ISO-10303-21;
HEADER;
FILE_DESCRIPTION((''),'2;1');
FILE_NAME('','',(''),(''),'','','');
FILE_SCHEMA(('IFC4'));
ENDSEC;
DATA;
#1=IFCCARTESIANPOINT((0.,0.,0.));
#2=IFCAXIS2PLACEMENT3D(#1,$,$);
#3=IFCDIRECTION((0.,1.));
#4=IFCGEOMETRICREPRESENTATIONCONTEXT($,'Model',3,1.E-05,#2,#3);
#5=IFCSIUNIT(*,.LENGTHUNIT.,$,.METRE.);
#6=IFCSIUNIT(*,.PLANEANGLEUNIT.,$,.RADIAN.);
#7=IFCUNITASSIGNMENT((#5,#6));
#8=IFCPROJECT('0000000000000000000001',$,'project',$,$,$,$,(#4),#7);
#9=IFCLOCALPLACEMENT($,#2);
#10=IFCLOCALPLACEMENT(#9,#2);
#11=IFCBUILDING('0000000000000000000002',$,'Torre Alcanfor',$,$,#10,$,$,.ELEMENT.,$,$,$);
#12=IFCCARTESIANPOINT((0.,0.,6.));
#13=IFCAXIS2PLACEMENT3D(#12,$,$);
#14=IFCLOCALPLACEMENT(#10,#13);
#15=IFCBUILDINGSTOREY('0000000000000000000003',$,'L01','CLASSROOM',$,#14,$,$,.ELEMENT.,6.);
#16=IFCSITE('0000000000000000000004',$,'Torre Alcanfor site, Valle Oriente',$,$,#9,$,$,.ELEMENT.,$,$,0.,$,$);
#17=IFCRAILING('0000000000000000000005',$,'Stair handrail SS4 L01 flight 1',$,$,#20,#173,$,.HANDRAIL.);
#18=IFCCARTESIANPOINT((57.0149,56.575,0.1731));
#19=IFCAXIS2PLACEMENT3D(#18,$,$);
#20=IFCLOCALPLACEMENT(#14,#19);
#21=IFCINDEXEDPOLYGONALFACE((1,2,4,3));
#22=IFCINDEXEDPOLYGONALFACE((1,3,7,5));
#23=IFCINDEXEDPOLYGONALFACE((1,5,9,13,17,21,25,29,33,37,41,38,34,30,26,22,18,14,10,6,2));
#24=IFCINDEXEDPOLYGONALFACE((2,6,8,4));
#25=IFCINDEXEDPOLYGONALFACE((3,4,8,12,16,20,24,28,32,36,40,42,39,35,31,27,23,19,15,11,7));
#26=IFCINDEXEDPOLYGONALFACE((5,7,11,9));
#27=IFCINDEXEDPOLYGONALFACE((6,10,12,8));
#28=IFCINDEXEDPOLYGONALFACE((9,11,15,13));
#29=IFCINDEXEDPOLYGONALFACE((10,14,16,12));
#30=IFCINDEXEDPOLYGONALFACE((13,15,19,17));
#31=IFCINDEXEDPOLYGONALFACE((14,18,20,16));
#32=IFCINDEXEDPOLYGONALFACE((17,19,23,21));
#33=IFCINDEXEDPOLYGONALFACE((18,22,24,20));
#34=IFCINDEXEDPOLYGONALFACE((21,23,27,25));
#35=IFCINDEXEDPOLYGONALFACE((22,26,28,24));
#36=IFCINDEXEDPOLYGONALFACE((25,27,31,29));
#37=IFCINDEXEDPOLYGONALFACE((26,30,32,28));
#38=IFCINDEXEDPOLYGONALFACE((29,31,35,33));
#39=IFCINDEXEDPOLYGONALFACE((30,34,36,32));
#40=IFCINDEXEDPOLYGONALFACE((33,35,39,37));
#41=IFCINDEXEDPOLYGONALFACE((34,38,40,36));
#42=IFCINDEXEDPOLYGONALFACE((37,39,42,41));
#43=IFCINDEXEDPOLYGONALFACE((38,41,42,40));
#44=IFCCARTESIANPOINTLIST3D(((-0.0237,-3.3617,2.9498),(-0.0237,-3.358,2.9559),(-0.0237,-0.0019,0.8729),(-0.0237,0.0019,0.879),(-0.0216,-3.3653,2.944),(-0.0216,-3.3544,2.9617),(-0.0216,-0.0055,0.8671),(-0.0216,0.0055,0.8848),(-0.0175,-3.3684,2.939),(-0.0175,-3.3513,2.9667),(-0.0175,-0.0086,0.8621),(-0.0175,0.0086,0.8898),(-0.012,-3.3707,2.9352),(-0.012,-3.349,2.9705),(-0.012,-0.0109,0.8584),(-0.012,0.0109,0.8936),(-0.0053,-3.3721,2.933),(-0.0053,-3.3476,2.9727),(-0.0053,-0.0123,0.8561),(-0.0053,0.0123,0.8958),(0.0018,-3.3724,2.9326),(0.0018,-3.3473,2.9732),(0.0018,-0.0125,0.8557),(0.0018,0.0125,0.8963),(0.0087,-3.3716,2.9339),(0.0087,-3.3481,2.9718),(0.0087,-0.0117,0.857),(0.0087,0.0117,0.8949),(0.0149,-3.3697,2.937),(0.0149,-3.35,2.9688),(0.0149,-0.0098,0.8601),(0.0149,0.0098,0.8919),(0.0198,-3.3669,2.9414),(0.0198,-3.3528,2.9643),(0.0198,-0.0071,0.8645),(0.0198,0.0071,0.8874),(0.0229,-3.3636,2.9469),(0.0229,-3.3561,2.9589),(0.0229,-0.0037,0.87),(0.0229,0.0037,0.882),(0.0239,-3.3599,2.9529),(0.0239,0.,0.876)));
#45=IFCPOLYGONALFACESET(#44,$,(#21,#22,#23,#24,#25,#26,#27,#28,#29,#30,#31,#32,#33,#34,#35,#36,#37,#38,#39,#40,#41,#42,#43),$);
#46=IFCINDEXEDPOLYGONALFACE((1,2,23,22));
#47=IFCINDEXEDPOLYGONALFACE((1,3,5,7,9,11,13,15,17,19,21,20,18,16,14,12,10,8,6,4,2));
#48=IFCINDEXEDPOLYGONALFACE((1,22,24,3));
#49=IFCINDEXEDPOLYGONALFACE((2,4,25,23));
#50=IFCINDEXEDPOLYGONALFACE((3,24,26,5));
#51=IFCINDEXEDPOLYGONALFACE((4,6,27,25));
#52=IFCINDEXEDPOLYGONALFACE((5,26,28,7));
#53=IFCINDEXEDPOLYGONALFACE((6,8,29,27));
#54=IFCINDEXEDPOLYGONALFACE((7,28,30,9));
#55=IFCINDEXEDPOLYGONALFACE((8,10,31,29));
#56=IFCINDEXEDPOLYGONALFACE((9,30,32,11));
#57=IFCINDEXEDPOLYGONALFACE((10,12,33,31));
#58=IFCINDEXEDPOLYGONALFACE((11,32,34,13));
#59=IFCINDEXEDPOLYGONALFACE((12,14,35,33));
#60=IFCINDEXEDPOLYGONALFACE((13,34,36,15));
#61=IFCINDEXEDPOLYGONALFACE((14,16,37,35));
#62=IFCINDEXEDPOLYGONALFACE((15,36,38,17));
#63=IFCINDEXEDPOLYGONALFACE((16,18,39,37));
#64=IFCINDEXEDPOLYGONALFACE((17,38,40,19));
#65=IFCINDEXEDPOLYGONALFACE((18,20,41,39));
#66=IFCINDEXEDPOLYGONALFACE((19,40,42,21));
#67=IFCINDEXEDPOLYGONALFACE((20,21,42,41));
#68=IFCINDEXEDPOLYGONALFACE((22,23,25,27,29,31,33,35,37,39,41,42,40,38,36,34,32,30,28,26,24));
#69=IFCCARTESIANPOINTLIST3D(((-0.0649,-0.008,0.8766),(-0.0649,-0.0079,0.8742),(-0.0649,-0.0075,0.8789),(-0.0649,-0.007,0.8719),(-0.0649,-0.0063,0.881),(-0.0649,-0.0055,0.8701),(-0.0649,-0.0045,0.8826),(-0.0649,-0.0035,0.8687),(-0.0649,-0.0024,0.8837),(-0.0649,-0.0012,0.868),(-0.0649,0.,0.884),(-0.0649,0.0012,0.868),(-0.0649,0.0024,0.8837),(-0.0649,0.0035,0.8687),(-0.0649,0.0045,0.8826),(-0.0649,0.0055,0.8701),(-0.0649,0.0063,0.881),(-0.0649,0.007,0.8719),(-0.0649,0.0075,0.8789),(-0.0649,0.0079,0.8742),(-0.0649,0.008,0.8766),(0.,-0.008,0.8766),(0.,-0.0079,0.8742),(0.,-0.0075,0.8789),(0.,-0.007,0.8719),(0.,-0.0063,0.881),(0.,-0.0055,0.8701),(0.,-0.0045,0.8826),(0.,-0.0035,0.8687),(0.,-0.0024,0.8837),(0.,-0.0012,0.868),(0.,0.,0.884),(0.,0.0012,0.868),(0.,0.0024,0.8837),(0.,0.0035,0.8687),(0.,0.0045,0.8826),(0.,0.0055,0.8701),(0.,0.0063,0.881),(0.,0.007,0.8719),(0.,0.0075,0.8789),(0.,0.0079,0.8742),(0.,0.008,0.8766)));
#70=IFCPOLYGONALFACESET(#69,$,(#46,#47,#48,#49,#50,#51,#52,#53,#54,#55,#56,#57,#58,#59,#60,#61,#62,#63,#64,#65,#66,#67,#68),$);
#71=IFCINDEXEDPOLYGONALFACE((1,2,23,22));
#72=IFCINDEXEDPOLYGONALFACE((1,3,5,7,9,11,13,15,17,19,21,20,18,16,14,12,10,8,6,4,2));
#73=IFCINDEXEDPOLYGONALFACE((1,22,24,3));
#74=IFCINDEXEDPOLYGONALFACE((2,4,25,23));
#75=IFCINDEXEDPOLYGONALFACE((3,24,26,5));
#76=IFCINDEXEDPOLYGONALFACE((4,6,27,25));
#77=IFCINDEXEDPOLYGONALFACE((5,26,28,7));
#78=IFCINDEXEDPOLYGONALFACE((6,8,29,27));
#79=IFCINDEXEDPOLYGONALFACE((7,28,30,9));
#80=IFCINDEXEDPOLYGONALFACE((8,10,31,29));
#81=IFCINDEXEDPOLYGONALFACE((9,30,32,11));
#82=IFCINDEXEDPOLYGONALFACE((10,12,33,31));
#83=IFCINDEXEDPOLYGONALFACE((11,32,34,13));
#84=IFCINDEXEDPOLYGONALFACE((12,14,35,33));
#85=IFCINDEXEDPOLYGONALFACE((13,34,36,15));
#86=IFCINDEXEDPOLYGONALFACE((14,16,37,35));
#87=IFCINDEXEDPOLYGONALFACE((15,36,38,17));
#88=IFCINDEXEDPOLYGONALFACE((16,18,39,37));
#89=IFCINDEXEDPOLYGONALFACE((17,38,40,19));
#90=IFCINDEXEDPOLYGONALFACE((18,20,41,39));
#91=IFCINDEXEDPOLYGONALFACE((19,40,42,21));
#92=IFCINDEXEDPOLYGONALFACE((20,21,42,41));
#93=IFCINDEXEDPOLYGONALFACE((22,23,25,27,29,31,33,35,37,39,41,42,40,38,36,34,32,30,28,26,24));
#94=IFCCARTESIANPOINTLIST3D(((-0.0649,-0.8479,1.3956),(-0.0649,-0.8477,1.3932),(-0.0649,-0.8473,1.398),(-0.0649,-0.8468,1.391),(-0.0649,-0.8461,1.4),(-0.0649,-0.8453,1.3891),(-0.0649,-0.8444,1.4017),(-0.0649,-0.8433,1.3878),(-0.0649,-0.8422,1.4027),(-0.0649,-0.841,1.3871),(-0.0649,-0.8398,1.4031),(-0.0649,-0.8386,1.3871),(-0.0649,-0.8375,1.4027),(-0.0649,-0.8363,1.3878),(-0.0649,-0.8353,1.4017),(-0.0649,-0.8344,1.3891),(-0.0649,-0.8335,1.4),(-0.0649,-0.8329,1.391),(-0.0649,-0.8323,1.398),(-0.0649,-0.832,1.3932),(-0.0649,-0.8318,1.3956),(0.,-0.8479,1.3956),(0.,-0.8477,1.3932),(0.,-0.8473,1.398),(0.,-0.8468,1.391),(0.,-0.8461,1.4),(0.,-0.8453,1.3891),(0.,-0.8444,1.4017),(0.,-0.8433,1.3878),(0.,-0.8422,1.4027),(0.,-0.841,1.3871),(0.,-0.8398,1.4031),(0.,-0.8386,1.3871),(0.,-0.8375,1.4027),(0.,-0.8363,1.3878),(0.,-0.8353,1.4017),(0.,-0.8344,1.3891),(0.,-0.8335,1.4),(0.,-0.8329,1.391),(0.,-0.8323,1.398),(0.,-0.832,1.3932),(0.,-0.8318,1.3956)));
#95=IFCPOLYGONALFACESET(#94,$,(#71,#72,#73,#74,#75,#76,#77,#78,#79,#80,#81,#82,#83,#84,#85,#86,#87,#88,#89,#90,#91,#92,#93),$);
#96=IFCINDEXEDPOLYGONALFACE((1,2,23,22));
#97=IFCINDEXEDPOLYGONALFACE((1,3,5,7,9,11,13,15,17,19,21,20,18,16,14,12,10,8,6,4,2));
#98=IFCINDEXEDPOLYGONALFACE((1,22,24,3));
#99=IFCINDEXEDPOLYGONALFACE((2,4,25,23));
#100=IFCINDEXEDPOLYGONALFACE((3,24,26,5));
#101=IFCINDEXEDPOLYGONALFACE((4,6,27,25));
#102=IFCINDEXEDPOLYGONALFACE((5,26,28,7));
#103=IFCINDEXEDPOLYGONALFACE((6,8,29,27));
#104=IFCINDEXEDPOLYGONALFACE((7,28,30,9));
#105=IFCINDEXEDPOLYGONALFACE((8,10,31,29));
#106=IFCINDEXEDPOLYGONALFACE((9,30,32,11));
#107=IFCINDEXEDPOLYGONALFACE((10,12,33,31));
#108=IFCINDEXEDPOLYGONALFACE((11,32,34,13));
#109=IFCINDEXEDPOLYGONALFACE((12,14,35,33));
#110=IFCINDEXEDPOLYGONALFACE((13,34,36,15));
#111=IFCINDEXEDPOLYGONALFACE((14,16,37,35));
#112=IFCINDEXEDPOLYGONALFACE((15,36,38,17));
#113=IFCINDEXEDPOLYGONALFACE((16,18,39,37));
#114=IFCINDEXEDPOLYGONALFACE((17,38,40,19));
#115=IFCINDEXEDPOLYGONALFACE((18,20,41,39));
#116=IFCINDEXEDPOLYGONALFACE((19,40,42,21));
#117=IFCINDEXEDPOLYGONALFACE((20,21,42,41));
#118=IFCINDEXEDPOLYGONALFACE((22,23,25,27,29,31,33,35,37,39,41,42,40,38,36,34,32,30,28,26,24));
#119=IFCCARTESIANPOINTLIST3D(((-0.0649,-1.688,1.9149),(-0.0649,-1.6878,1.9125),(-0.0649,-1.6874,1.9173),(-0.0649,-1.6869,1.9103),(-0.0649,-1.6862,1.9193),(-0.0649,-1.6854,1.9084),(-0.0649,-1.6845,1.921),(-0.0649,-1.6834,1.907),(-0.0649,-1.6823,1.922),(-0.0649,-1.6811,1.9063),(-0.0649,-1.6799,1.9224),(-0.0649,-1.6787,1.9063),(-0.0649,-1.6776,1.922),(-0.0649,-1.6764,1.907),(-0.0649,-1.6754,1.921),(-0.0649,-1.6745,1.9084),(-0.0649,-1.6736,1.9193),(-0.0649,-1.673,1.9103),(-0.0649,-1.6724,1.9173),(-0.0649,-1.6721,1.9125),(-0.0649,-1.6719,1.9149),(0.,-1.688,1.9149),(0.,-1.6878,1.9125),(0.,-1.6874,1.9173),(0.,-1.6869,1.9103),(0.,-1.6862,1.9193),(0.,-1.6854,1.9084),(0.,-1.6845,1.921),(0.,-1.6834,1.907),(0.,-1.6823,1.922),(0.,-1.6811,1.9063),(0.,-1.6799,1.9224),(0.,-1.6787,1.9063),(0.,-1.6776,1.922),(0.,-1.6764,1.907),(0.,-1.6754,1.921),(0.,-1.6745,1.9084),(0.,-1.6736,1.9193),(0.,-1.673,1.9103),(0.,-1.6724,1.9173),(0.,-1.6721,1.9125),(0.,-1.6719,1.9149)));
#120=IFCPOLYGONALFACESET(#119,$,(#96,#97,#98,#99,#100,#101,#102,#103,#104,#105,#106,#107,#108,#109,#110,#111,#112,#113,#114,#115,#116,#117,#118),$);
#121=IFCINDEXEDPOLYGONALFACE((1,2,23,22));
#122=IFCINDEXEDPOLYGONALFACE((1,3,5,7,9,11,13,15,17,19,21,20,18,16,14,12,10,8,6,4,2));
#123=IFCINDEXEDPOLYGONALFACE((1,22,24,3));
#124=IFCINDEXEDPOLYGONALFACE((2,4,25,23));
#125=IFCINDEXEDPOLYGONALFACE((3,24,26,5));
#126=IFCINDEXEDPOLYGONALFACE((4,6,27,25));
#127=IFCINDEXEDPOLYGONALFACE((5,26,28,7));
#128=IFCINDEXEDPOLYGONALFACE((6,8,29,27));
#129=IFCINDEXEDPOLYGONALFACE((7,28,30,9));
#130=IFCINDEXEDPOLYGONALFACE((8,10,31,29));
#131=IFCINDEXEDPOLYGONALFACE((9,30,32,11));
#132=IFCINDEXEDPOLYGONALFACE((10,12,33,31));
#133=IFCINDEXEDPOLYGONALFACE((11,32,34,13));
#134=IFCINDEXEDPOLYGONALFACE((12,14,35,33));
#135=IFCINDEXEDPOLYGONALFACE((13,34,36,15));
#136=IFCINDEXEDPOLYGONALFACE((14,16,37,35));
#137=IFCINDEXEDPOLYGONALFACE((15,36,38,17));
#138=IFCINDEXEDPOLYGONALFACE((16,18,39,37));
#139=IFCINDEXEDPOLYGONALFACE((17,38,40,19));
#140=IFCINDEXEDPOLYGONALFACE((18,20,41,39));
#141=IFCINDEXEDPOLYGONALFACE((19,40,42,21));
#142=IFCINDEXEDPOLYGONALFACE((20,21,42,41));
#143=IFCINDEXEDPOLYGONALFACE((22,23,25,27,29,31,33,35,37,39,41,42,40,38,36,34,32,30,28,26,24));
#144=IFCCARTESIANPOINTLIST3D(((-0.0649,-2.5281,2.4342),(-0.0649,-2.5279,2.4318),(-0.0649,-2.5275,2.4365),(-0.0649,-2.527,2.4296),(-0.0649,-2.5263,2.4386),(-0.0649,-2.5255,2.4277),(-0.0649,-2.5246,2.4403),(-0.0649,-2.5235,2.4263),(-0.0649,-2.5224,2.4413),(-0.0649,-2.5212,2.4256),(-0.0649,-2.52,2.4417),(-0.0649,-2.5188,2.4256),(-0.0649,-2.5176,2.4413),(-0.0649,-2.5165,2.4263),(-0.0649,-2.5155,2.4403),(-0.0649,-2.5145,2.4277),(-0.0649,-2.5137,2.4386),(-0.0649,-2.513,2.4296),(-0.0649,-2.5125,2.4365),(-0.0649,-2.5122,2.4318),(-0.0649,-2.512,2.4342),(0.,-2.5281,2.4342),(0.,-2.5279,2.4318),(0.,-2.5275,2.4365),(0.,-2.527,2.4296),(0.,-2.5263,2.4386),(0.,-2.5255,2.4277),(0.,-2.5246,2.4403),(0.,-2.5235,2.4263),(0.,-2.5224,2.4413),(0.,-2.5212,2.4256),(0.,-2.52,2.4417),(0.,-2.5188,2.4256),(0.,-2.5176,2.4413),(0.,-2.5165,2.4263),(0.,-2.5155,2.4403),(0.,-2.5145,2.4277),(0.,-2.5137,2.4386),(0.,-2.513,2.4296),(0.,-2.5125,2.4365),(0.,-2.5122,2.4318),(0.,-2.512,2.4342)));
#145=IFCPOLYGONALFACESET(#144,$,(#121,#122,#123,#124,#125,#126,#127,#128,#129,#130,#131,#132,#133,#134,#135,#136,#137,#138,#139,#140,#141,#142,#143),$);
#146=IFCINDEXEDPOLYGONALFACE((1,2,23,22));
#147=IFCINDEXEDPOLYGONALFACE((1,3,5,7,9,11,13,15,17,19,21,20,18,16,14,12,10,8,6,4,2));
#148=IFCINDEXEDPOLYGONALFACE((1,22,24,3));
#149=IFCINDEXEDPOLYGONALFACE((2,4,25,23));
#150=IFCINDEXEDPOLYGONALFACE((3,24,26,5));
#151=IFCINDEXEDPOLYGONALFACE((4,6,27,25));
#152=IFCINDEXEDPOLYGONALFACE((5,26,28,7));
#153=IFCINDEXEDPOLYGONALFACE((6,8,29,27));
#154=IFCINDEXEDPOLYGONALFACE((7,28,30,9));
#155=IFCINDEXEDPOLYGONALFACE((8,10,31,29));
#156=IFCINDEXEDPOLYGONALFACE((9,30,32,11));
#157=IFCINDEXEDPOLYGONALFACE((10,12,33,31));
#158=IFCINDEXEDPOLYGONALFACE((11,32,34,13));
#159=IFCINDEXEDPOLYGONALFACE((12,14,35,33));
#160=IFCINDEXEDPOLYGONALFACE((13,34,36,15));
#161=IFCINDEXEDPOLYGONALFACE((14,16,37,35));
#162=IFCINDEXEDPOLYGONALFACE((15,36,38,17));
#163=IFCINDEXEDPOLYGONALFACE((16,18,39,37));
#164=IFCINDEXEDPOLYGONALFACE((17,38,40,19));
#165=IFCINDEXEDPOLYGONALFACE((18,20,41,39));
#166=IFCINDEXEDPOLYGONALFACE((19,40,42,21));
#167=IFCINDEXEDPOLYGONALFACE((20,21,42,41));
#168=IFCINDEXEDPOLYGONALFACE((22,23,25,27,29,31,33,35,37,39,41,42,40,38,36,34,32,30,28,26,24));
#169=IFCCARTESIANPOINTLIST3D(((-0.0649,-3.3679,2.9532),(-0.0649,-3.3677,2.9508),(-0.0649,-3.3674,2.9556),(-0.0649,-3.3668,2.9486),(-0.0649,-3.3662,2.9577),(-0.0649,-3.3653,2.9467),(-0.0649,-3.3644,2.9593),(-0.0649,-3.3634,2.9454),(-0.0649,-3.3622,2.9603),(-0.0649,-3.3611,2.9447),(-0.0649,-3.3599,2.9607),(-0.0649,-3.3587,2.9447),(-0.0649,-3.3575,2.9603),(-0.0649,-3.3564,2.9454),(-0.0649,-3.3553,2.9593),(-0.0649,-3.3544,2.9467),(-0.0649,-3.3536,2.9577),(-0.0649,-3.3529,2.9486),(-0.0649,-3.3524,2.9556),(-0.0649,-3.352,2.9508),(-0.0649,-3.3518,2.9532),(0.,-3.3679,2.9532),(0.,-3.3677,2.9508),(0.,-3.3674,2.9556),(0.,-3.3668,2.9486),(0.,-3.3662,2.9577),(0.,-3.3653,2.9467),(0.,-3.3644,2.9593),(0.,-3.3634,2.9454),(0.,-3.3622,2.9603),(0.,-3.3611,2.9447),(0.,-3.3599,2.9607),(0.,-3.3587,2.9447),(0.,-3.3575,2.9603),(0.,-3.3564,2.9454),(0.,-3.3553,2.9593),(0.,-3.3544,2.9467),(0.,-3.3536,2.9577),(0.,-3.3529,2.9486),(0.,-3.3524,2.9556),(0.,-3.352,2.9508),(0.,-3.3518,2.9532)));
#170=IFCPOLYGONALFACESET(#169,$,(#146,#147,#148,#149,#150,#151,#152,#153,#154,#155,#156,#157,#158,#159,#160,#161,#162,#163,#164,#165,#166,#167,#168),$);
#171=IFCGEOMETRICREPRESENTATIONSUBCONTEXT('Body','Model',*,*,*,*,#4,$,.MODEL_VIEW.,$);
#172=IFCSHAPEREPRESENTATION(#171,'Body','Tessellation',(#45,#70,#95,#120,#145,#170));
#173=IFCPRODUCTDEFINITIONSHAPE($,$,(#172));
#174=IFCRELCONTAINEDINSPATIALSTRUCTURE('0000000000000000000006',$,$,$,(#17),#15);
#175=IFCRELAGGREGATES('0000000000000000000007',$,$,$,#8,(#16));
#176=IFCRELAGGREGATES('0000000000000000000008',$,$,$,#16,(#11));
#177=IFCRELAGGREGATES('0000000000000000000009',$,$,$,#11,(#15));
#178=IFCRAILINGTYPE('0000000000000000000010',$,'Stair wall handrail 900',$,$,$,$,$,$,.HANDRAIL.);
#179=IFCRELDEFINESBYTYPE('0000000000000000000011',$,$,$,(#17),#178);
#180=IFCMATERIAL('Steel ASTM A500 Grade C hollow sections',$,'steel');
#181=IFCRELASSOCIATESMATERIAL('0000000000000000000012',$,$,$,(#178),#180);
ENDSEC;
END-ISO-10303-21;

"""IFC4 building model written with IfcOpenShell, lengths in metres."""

from ifc_helpers import new_model, si_unit, direction, frame, origin, origin_2d, place, context, subcontext, project, spatial, circle, extrude, material, type_object, element, save


model = new_model("IFC4")

# Units and contexts
model_context = context("Model", 3, precision=1e-05, world=origin(), true_north=direction((0.0, 1.0)))
body_context = subcontext(model_context, "Body", "Model", "MODEL_VIEW")
ifc_project = project(units=[si_unit("LENGTHUNIT", "METRE"), si_unit("PLANEANGLEUNIT", "RADIAN")], contexts=[model_context])

# Site, building, storey
site_placement = place(None, origin())
site = spatial("IfcSite", under=ifc_project, at=site_placement, Name="Torre Alcanfor site, Valle Oriente", CompositionType="ELEMENT", RefElevation=0.0)
building_placement = place(site_placement, origin())
building = spatial("IfcBuilding", under=site, at=building_placement, Name="Torre Alcanfor", CompositionType="ELEMENT")
storey_placement = place(building_placement, frame((0.0, 0.0, 6.0)))
storey = spatial("IfcBuildingStorey", under=building, at=storey_placement, Name="L01", Description="CLASSROOM", CompositionType="ELEMENT", Elevation=6.0)

# Railing
ifc_material_1 = material(Name="Steel ASTM A500 Grade C hollow sections", Category="steel")
railing_type_1 = type_object("IfcRailingType", Name="Stair wall handrail 900", PredefinedType="HANDRAIL", material=ifc_material_1)
railing_1_placement = place(storey_placement, frame((57.0149, 56.575, 0.1731)))
element("IfcRailing", 1, at=railing_1_placement, inside=storey, type_object=railing_type_1, Name="Stair handrail SS4 L01 flight 1", PredefinedType="HANDRAIL", context=body_context, shape_type="SweptSolid", body=[
    extrude(circle(Radius=0.0239, at=origin_2d()), frame((0.0, 0.0, 0.876), z_axis=(0.0, -0.850606, 0.525803), x_axis=(1.0, 0.0, 0.0)), (0.0, 0.0, 1.0), 3.95),
    extrude(circle(Radius=0.0081, at=origin_2d()), frame((0.0, 0.0, 0.876), z_axis=(-1.0, 0.0, 0.0), x_axis=(0.0, 0.0, 1.0)), (0.0, 0.0, 1.0), 0.0649),
    extrude(circle(Radius=0.0081, at=origin_2d()), frame((0.0, -0.8398, 1.395), z_axis=(-1.0, 0.0, 0.0), x_axis=(0.0, 0.0, 1.0)), (0.0, 0.0, 1.0), 0.0649),
    extrude(circle(Radius=0.0081, at=origin_2d()), frame((0.0, -1.6799, 1.9143), z_axis=(-1.0, 0.0, 0.0), x_axis=(0.0, 0.0, 1.0)), (0.0, 0.0, 1.0), 0.0649),
    extrude(circle(Radius=0.0081, at=origin_2d()), frame((0.0, -2.52, 2.4336), z_axis=(-1.0, 0.0, 0.0), x_axis=(0.0, 0.0, 1.0)), (0.0, 0.0, 1.0), 0.0649),
    extrude(circle(Radius=0.0081, at=origin_2d()), frame((0.0, -3.3599, 2.9526), z_axis=(-1.0, 0.0, 0.0), x_axis=(0.0, 0.0, 1.0)), (0.0, 0.0, 1.0), 0.0649),
])

save(model, "model.ifc")
